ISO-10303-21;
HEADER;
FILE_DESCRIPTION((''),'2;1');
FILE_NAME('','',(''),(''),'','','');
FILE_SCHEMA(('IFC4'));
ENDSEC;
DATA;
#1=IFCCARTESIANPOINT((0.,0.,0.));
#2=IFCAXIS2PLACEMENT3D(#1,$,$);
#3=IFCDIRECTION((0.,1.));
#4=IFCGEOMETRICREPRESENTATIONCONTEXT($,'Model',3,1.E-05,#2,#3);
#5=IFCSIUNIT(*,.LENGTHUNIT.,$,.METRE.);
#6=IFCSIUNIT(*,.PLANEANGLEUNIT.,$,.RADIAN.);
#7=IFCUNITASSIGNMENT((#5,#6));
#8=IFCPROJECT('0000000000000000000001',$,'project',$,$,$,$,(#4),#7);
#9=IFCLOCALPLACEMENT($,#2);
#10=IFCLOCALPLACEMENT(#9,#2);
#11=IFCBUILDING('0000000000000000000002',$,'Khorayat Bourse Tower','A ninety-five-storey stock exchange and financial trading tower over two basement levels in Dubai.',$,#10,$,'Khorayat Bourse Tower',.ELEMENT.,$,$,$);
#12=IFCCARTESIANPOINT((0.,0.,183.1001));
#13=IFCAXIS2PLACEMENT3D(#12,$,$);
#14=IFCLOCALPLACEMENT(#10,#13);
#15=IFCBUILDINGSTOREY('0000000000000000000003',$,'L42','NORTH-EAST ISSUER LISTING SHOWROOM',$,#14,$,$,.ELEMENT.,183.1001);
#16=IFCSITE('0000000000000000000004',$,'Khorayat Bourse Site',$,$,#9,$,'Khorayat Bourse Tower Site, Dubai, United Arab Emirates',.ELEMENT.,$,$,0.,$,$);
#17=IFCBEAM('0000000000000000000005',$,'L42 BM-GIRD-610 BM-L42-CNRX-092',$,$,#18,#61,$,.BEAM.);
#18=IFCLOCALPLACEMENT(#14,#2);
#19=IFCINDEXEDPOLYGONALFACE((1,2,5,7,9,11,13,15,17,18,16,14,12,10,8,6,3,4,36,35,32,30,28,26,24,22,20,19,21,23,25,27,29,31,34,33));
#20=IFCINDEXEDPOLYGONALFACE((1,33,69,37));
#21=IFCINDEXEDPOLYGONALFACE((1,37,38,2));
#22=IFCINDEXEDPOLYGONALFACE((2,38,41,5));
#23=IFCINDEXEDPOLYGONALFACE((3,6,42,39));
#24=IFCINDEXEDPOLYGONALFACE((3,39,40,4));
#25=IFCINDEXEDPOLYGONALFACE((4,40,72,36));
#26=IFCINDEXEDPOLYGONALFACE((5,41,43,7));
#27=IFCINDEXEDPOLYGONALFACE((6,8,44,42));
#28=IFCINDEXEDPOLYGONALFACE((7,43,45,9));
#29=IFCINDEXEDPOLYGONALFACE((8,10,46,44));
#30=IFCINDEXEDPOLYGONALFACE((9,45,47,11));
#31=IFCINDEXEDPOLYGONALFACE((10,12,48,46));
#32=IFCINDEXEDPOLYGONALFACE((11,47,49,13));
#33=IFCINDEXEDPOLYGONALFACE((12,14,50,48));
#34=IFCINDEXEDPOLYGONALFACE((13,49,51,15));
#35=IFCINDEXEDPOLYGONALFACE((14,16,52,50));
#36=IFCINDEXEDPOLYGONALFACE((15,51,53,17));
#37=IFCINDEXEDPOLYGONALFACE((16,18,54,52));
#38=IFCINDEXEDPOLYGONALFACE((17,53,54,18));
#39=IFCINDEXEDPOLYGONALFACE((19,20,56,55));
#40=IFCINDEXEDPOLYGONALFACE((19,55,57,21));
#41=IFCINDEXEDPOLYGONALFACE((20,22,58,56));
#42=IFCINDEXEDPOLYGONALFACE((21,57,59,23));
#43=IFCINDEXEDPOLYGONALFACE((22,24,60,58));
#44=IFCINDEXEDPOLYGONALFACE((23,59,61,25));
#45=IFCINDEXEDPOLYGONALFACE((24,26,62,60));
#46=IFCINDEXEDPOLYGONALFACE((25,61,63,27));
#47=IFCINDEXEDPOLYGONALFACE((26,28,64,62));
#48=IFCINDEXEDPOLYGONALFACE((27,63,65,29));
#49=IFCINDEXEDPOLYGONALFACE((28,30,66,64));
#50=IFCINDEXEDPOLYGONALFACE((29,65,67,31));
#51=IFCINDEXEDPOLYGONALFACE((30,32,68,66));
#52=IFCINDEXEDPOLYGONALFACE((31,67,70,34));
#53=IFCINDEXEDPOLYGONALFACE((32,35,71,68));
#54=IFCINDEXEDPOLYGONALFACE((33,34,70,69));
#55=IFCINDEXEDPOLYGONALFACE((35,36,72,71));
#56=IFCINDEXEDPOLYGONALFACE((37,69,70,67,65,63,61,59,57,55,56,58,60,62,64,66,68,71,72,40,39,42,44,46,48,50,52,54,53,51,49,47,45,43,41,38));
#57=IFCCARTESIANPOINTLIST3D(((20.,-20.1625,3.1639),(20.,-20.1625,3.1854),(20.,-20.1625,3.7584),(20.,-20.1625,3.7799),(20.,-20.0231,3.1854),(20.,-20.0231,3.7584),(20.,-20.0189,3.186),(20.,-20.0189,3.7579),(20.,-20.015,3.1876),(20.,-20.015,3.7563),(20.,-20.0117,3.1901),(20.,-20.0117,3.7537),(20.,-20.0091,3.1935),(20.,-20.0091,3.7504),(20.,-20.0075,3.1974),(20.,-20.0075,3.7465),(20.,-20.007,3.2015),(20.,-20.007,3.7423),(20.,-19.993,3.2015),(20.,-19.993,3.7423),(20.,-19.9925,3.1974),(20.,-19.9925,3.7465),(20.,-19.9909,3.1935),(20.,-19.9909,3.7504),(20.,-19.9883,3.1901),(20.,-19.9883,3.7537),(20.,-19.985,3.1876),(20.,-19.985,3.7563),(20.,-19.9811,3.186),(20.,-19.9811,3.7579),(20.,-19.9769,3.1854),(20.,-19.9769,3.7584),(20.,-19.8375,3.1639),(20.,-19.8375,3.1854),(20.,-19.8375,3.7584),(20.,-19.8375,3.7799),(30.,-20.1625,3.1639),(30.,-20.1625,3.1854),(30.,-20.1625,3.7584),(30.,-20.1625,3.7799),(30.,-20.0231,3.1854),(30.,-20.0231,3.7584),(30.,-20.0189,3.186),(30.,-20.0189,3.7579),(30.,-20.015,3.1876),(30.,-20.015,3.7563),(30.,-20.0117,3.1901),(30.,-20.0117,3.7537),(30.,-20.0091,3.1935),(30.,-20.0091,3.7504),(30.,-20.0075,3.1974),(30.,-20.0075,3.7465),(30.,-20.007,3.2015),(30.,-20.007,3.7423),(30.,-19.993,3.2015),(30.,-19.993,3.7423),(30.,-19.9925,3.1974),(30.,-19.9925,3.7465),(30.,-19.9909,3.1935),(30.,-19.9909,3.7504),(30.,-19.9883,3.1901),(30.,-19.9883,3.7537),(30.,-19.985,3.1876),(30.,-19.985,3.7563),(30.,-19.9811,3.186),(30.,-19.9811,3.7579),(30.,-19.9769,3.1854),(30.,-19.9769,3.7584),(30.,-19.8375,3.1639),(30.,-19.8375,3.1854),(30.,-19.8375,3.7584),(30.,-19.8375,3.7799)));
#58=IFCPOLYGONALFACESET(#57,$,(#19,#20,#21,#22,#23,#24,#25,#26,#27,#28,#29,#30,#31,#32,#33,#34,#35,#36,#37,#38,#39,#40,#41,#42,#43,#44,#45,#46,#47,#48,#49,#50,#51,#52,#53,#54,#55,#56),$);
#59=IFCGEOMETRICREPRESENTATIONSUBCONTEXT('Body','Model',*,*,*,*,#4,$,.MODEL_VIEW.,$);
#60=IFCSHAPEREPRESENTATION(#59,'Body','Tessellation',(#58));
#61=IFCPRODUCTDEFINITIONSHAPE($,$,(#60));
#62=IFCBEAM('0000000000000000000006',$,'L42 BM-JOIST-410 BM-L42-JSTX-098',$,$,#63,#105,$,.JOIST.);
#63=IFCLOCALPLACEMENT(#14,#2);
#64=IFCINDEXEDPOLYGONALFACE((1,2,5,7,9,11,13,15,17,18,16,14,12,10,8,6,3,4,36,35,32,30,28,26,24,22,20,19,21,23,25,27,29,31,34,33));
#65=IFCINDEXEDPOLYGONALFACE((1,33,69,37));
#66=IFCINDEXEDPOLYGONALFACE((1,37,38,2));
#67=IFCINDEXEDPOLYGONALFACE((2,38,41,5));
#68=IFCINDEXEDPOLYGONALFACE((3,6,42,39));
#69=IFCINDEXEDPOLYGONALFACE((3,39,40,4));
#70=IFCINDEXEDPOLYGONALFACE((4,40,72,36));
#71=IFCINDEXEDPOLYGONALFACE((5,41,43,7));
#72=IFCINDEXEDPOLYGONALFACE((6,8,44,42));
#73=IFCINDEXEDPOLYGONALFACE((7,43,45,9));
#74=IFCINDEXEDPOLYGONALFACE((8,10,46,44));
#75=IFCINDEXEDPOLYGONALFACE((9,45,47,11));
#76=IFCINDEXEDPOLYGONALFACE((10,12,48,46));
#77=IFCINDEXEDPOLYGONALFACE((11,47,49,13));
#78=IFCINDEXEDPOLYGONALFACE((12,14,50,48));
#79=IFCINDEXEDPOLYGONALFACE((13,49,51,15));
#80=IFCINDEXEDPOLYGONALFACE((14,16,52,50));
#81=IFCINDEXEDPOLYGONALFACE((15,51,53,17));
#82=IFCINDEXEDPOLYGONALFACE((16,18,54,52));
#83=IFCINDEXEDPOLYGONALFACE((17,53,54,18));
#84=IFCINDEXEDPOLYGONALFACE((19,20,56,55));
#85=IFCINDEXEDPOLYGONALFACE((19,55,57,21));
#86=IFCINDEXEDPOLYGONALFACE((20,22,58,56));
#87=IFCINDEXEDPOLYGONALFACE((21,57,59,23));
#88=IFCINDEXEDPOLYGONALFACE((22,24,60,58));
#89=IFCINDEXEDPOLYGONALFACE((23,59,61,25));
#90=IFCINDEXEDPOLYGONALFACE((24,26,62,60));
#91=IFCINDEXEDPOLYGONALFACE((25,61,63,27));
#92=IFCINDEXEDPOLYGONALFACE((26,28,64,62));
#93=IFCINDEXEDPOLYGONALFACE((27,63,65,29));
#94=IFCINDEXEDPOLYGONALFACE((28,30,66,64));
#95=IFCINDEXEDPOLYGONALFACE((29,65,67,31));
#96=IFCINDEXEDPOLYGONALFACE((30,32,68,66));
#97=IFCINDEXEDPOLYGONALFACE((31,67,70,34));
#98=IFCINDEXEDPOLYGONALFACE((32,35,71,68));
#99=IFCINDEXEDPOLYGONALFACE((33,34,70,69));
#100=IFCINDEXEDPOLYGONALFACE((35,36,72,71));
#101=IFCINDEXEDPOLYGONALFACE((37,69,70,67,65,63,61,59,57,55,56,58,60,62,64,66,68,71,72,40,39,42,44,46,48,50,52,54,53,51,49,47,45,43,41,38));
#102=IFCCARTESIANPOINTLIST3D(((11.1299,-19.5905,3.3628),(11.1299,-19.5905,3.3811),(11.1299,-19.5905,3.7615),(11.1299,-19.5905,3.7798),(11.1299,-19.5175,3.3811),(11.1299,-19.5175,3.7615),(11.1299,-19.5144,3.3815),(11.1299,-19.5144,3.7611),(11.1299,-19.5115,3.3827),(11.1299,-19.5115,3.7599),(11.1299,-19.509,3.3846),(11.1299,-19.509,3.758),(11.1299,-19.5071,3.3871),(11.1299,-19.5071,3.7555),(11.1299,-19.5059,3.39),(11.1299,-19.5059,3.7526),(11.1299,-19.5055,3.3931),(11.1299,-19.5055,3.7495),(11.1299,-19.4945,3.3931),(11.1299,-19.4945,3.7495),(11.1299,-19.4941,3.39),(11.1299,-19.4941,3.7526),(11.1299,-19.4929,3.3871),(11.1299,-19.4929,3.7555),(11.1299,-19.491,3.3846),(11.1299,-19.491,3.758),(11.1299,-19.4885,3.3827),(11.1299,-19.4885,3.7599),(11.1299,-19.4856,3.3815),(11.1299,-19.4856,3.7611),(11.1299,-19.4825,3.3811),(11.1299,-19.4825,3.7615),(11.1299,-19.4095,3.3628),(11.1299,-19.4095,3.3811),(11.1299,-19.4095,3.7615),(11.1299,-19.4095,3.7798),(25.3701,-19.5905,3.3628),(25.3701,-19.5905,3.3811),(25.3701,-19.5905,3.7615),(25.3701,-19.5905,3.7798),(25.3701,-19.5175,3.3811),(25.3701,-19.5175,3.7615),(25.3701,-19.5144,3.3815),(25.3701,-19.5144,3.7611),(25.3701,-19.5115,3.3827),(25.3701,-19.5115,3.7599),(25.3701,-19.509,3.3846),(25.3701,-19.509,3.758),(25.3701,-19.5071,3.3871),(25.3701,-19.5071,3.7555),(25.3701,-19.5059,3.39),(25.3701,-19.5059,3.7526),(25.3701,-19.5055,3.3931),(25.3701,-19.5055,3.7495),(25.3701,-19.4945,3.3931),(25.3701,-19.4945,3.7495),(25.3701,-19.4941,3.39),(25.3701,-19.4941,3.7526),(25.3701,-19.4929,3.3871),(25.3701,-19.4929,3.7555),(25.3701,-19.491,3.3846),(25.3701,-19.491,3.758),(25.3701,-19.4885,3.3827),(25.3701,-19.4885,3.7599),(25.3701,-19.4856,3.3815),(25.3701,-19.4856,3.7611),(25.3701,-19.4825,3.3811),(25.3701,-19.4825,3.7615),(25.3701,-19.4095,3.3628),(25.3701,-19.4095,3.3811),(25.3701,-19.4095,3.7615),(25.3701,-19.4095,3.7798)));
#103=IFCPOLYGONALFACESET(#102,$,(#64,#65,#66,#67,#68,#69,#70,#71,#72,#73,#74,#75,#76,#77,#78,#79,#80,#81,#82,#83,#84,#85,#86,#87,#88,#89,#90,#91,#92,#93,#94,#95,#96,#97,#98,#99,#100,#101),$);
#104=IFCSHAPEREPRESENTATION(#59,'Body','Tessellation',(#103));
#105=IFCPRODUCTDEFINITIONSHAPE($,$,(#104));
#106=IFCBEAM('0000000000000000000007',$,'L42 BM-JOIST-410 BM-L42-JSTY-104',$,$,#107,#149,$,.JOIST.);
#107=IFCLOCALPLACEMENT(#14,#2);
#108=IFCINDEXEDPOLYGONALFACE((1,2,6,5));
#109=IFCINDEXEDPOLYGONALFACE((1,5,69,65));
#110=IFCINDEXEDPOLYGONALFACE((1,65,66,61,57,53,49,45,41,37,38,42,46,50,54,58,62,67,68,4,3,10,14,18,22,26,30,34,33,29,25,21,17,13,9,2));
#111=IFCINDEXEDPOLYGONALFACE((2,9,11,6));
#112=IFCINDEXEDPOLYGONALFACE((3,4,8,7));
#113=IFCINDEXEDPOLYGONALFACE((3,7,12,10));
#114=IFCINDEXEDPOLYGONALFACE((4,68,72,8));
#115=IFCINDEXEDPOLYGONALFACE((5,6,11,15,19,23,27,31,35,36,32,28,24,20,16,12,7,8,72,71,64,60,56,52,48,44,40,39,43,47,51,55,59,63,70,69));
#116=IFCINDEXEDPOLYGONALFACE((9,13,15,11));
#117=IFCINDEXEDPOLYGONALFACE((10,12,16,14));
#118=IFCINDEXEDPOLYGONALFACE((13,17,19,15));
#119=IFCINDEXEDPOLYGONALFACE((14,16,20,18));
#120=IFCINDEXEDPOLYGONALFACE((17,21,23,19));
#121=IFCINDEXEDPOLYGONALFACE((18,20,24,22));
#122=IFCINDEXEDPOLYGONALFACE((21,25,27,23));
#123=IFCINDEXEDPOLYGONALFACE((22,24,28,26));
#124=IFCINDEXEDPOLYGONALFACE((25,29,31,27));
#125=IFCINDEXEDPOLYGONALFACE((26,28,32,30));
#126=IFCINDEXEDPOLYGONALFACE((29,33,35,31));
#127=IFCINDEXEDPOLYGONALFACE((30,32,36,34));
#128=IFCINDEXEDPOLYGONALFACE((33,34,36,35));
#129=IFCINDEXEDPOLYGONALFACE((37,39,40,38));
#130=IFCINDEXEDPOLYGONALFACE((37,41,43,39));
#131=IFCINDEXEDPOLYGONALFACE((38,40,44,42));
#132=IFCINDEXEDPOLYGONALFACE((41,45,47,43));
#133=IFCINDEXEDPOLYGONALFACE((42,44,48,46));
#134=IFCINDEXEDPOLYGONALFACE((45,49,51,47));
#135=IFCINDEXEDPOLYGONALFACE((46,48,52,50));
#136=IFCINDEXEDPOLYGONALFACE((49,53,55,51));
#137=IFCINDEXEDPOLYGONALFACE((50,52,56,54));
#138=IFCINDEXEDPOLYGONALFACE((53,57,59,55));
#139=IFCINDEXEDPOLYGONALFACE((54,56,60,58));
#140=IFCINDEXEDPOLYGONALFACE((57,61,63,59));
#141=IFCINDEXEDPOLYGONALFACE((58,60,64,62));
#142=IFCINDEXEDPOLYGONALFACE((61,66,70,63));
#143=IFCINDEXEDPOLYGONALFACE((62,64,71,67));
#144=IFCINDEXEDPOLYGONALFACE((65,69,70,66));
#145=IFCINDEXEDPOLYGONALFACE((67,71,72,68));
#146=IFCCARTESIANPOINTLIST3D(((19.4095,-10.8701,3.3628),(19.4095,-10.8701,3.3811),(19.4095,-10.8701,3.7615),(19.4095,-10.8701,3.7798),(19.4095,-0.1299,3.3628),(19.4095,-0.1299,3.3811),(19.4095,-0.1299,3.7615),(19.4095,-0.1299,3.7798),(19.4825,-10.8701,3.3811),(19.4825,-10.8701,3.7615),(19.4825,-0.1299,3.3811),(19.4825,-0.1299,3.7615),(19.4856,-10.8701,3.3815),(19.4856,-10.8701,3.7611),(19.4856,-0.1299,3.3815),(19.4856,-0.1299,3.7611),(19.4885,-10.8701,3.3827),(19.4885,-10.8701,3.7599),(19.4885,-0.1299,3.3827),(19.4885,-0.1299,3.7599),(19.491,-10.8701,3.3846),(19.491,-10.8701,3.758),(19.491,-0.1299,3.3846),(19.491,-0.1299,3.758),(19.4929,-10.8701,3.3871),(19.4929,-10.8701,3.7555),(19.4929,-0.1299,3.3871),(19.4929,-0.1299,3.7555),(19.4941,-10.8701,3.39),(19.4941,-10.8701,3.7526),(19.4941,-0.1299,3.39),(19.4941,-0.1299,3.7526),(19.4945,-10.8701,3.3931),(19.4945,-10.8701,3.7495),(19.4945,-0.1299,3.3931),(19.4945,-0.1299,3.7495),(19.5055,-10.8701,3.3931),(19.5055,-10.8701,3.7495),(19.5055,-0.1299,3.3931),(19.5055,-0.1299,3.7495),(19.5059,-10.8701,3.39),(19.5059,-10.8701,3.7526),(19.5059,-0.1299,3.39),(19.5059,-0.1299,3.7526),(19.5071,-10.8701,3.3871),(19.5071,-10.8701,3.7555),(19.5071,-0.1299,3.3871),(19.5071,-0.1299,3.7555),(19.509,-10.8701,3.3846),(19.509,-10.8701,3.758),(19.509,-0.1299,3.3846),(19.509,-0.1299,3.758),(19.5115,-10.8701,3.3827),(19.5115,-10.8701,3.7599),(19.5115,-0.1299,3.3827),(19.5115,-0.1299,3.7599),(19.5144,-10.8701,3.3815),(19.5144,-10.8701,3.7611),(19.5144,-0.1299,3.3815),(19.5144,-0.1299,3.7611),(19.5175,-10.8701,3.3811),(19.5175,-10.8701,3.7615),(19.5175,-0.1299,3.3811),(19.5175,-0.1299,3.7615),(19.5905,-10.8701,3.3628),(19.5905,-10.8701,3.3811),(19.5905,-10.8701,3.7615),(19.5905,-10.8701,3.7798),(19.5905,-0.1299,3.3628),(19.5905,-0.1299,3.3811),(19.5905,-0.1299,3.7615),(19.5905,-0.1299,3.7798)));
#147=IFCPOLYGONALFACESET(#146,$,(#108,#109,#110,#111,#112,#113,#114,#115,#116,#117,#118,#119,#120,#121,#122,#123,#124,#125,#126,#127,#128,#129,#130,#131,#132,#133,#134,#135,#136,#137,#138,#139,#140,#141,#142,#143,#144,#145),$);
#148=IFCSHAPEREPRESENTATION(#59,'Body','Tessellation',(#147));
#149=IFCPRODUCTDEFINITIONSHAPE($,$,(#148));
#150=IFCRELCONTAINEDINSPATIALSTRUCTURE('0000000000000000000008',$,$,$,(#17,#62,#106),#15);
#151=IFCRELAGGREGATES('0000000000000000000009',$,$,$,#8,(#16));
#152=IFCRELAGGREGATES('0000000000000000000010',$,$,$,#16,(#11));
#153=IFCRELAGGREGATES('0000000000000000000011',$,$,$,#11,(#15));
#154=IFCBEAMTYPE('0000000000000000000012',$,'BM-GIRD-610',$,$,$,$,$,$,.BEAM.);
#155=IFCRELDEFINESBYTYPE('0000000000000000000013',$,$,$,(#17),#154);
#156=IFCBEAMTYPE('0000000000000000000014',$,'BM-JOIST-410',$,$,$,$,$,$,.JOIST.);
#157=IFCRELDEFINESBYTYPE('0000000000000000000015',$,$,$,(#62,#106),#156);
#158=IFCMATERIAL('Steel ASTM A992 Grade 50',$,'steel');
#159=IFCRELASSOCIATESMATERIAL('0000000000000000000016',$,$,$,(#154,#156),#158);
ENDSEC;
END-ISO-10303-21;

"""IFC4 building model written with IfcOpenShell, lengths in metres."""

from ifc_helpers import new_model, si_unit, direction, frame, origin, origin_2d, place, context, subcontext, project, spatial, i_section, extrude, source, transform, mapped, material, material_profile, profile_set, type_object, element, save


model = new_model("IFC4")

# Units and contexts
model_context = context("Model", 3, precision=1e-05, world=origin(), true_north=direction((0.0, 1.0)))
body_context = subcontext(model_context, "Body", "Model", "MODEL_VIEW")
ifc_project = project(units=[si_unit("LENGTHUNIT", "METRE"), si_unit("PLANEANGLEUNIT", "RADIAN")], contexts=[model_context])

# Site, building, storey
site_placement = place(None, origin())
site = spatial("IfcSite", under=ifc_project, at=site_placement, Name="Khorayat Bourse Site", LongName="Khorayat Bourse Tower Site, Dubai, United Arab Emirates", CompositionType="ELEMENT", RefElevation=0.0)
building_placement = place(site_placement, origin())
building = spatial("IfcBuilding", under=site, at=building_placement, Name="Khorayat Bourse Tower", Description="A ninety-five-storey stock exchange and financial trading tower over two basement levels in Dubai.", LongName="Khorayat Bourse Tower", CompositionType="ELEMENT")
storey_placement = place(building_placement, frame((0.0, 0.0, 183.1001)))
storey = spatial("IfcBuildingStorey", under=building, at=storey_placement, Name="L42", Description="NORTH-EAST ISSUER LISTING SHOWROOM", CompositionType="ELEMENT", Elevation=183.1001)

# Beams
ifc_material_1 = material(Name="Steel ASTM A992 Grade 50", Category="steel")
ifc_material_profile_1 = material_profile(ifc_material_1, i_section(OverallWidth=0.325, OverallDepth=0.616, WebThickness=0.0139, FlangeThickness=0.0215, FilletRadius=0.0161, at=origin_2d()), Name="W610X174")
ifc_profile_set_1 = profile_set([ifc_material_profile_1], Name="Steel ASTM A992 Grade 50")
beam_type_1 = type_object("IfcBeamType", Name="BM-GIRD-610", PredefinedType="BEAM", material=ifc_profile_set_1)
shared_shape_1 = source(origin(), body_context, "Body", "SweptSolid", [
    extrude(i_section(OverallWidth=0.325, OverallDepth=0.616, WebThickness=0.0139, FlangeThickness=0.0215, FilletRadius=0.0161, at=origin_2d()), origin(), (0.0, 0.0, 1.0), 10.0),
])
beam_1_placement = place(storey_placement, frame((20.0, -20.0, 3.4719), z_axis=(1.0, 0.0, 0.0), x_axis=(0.0, 1.0, 0.0)))
element("IfcBeam", 1, at=beam_1_placement, inside=storey, type_object=beam_type_1, Name="L42 BM-GIRD-610 BM-L42-CNRX-092", PredefinedType="BEAM", context=body_context, shape_type="MappedRepresentation", body=[
    mapped(shared_shape_1, transform((0.0, 0.0, 0.0), scale=1.0)),
])
ifc_material_profile_2 = material_profile(ifc_material_1, i_section(OverallWidth=0.1809, OverallDepth=0.417, WebThickness=0.011, FlangeThickness=0.0183, FilletRadius=0.012, at=origin_2d()), Name="W410X85")
ifc_profile_set_2 = profile_set([ifc_material_profile_2], Name="Steel ASTM A992 Grade 50")
beam_type_2 = type_object("IfcBeamType", Name="BM-JOIST-410", PredefinedType="JOIST", material=ifc_profile_set_2)
shared_shape_2 = source(origin(), body_context, "Body", "SweptSolid", [
    extrude(i_section(OverallWidth=0.1809, OverallDepth=0.417, WebThickness=0.011, FlangeThickness=0.0183, FilletRadius=0.012, at=origin_2d()), origin(), (0.0, 0.0, 1.0), 14.2402),
])
beam_2_placement = place(storey_placement, frame((11.1299, -19.5, 3.5713), z_axis=(1.0, 0.0, 0.0), x_axis=(0.0, 1.0, 0.0)))
element("IfcBeam", 2, at=beam_2_placement, inside=storey, type_object=beam_type_2, Name="L42 BM-JOIST-410 BM-L42-JSTX-098", PredefinedType="JOIST", context=body_context, shape_type="MappedRepresentation", body=[
    mapped(shared_shape_2, transform((0.0, 0.0, 0.0), scale=1.0)),
])
shared_shape_3 = source(origin(), body_context, "Body", "SweptSolid", [
    extrude(i_section(OverallWidth=0.1809, OverallDepth=0.417, WebThickness=0.011, FlangeThickness=0.0183, FilletRadius=0.012, at=origin_2d()), origin(), (0.0, 0.0, 1.0), 10.7402),
])
beam_3_placement = place(storey_placement, frame((19.5, -10.8701, 3.5713), z_axis=(0.0, 1.0, 0.0), x_axis=(-1.0, 0.0, 0.0)))
element("IfcBeam", 3, at=beam_3_placement, inside=storey, type_object=beam_type_2, Name="L42 BM-JOIST-410 BM-L42-JSTY-104", PredefinedType="JOIST", context=body_context, shape_type="MappedRepresentation", body=[
    mapped(shared_shape_3, transform((0.0, 0.0, 0.0), scale=1.0)),
])

save(model, "model.ifc")
